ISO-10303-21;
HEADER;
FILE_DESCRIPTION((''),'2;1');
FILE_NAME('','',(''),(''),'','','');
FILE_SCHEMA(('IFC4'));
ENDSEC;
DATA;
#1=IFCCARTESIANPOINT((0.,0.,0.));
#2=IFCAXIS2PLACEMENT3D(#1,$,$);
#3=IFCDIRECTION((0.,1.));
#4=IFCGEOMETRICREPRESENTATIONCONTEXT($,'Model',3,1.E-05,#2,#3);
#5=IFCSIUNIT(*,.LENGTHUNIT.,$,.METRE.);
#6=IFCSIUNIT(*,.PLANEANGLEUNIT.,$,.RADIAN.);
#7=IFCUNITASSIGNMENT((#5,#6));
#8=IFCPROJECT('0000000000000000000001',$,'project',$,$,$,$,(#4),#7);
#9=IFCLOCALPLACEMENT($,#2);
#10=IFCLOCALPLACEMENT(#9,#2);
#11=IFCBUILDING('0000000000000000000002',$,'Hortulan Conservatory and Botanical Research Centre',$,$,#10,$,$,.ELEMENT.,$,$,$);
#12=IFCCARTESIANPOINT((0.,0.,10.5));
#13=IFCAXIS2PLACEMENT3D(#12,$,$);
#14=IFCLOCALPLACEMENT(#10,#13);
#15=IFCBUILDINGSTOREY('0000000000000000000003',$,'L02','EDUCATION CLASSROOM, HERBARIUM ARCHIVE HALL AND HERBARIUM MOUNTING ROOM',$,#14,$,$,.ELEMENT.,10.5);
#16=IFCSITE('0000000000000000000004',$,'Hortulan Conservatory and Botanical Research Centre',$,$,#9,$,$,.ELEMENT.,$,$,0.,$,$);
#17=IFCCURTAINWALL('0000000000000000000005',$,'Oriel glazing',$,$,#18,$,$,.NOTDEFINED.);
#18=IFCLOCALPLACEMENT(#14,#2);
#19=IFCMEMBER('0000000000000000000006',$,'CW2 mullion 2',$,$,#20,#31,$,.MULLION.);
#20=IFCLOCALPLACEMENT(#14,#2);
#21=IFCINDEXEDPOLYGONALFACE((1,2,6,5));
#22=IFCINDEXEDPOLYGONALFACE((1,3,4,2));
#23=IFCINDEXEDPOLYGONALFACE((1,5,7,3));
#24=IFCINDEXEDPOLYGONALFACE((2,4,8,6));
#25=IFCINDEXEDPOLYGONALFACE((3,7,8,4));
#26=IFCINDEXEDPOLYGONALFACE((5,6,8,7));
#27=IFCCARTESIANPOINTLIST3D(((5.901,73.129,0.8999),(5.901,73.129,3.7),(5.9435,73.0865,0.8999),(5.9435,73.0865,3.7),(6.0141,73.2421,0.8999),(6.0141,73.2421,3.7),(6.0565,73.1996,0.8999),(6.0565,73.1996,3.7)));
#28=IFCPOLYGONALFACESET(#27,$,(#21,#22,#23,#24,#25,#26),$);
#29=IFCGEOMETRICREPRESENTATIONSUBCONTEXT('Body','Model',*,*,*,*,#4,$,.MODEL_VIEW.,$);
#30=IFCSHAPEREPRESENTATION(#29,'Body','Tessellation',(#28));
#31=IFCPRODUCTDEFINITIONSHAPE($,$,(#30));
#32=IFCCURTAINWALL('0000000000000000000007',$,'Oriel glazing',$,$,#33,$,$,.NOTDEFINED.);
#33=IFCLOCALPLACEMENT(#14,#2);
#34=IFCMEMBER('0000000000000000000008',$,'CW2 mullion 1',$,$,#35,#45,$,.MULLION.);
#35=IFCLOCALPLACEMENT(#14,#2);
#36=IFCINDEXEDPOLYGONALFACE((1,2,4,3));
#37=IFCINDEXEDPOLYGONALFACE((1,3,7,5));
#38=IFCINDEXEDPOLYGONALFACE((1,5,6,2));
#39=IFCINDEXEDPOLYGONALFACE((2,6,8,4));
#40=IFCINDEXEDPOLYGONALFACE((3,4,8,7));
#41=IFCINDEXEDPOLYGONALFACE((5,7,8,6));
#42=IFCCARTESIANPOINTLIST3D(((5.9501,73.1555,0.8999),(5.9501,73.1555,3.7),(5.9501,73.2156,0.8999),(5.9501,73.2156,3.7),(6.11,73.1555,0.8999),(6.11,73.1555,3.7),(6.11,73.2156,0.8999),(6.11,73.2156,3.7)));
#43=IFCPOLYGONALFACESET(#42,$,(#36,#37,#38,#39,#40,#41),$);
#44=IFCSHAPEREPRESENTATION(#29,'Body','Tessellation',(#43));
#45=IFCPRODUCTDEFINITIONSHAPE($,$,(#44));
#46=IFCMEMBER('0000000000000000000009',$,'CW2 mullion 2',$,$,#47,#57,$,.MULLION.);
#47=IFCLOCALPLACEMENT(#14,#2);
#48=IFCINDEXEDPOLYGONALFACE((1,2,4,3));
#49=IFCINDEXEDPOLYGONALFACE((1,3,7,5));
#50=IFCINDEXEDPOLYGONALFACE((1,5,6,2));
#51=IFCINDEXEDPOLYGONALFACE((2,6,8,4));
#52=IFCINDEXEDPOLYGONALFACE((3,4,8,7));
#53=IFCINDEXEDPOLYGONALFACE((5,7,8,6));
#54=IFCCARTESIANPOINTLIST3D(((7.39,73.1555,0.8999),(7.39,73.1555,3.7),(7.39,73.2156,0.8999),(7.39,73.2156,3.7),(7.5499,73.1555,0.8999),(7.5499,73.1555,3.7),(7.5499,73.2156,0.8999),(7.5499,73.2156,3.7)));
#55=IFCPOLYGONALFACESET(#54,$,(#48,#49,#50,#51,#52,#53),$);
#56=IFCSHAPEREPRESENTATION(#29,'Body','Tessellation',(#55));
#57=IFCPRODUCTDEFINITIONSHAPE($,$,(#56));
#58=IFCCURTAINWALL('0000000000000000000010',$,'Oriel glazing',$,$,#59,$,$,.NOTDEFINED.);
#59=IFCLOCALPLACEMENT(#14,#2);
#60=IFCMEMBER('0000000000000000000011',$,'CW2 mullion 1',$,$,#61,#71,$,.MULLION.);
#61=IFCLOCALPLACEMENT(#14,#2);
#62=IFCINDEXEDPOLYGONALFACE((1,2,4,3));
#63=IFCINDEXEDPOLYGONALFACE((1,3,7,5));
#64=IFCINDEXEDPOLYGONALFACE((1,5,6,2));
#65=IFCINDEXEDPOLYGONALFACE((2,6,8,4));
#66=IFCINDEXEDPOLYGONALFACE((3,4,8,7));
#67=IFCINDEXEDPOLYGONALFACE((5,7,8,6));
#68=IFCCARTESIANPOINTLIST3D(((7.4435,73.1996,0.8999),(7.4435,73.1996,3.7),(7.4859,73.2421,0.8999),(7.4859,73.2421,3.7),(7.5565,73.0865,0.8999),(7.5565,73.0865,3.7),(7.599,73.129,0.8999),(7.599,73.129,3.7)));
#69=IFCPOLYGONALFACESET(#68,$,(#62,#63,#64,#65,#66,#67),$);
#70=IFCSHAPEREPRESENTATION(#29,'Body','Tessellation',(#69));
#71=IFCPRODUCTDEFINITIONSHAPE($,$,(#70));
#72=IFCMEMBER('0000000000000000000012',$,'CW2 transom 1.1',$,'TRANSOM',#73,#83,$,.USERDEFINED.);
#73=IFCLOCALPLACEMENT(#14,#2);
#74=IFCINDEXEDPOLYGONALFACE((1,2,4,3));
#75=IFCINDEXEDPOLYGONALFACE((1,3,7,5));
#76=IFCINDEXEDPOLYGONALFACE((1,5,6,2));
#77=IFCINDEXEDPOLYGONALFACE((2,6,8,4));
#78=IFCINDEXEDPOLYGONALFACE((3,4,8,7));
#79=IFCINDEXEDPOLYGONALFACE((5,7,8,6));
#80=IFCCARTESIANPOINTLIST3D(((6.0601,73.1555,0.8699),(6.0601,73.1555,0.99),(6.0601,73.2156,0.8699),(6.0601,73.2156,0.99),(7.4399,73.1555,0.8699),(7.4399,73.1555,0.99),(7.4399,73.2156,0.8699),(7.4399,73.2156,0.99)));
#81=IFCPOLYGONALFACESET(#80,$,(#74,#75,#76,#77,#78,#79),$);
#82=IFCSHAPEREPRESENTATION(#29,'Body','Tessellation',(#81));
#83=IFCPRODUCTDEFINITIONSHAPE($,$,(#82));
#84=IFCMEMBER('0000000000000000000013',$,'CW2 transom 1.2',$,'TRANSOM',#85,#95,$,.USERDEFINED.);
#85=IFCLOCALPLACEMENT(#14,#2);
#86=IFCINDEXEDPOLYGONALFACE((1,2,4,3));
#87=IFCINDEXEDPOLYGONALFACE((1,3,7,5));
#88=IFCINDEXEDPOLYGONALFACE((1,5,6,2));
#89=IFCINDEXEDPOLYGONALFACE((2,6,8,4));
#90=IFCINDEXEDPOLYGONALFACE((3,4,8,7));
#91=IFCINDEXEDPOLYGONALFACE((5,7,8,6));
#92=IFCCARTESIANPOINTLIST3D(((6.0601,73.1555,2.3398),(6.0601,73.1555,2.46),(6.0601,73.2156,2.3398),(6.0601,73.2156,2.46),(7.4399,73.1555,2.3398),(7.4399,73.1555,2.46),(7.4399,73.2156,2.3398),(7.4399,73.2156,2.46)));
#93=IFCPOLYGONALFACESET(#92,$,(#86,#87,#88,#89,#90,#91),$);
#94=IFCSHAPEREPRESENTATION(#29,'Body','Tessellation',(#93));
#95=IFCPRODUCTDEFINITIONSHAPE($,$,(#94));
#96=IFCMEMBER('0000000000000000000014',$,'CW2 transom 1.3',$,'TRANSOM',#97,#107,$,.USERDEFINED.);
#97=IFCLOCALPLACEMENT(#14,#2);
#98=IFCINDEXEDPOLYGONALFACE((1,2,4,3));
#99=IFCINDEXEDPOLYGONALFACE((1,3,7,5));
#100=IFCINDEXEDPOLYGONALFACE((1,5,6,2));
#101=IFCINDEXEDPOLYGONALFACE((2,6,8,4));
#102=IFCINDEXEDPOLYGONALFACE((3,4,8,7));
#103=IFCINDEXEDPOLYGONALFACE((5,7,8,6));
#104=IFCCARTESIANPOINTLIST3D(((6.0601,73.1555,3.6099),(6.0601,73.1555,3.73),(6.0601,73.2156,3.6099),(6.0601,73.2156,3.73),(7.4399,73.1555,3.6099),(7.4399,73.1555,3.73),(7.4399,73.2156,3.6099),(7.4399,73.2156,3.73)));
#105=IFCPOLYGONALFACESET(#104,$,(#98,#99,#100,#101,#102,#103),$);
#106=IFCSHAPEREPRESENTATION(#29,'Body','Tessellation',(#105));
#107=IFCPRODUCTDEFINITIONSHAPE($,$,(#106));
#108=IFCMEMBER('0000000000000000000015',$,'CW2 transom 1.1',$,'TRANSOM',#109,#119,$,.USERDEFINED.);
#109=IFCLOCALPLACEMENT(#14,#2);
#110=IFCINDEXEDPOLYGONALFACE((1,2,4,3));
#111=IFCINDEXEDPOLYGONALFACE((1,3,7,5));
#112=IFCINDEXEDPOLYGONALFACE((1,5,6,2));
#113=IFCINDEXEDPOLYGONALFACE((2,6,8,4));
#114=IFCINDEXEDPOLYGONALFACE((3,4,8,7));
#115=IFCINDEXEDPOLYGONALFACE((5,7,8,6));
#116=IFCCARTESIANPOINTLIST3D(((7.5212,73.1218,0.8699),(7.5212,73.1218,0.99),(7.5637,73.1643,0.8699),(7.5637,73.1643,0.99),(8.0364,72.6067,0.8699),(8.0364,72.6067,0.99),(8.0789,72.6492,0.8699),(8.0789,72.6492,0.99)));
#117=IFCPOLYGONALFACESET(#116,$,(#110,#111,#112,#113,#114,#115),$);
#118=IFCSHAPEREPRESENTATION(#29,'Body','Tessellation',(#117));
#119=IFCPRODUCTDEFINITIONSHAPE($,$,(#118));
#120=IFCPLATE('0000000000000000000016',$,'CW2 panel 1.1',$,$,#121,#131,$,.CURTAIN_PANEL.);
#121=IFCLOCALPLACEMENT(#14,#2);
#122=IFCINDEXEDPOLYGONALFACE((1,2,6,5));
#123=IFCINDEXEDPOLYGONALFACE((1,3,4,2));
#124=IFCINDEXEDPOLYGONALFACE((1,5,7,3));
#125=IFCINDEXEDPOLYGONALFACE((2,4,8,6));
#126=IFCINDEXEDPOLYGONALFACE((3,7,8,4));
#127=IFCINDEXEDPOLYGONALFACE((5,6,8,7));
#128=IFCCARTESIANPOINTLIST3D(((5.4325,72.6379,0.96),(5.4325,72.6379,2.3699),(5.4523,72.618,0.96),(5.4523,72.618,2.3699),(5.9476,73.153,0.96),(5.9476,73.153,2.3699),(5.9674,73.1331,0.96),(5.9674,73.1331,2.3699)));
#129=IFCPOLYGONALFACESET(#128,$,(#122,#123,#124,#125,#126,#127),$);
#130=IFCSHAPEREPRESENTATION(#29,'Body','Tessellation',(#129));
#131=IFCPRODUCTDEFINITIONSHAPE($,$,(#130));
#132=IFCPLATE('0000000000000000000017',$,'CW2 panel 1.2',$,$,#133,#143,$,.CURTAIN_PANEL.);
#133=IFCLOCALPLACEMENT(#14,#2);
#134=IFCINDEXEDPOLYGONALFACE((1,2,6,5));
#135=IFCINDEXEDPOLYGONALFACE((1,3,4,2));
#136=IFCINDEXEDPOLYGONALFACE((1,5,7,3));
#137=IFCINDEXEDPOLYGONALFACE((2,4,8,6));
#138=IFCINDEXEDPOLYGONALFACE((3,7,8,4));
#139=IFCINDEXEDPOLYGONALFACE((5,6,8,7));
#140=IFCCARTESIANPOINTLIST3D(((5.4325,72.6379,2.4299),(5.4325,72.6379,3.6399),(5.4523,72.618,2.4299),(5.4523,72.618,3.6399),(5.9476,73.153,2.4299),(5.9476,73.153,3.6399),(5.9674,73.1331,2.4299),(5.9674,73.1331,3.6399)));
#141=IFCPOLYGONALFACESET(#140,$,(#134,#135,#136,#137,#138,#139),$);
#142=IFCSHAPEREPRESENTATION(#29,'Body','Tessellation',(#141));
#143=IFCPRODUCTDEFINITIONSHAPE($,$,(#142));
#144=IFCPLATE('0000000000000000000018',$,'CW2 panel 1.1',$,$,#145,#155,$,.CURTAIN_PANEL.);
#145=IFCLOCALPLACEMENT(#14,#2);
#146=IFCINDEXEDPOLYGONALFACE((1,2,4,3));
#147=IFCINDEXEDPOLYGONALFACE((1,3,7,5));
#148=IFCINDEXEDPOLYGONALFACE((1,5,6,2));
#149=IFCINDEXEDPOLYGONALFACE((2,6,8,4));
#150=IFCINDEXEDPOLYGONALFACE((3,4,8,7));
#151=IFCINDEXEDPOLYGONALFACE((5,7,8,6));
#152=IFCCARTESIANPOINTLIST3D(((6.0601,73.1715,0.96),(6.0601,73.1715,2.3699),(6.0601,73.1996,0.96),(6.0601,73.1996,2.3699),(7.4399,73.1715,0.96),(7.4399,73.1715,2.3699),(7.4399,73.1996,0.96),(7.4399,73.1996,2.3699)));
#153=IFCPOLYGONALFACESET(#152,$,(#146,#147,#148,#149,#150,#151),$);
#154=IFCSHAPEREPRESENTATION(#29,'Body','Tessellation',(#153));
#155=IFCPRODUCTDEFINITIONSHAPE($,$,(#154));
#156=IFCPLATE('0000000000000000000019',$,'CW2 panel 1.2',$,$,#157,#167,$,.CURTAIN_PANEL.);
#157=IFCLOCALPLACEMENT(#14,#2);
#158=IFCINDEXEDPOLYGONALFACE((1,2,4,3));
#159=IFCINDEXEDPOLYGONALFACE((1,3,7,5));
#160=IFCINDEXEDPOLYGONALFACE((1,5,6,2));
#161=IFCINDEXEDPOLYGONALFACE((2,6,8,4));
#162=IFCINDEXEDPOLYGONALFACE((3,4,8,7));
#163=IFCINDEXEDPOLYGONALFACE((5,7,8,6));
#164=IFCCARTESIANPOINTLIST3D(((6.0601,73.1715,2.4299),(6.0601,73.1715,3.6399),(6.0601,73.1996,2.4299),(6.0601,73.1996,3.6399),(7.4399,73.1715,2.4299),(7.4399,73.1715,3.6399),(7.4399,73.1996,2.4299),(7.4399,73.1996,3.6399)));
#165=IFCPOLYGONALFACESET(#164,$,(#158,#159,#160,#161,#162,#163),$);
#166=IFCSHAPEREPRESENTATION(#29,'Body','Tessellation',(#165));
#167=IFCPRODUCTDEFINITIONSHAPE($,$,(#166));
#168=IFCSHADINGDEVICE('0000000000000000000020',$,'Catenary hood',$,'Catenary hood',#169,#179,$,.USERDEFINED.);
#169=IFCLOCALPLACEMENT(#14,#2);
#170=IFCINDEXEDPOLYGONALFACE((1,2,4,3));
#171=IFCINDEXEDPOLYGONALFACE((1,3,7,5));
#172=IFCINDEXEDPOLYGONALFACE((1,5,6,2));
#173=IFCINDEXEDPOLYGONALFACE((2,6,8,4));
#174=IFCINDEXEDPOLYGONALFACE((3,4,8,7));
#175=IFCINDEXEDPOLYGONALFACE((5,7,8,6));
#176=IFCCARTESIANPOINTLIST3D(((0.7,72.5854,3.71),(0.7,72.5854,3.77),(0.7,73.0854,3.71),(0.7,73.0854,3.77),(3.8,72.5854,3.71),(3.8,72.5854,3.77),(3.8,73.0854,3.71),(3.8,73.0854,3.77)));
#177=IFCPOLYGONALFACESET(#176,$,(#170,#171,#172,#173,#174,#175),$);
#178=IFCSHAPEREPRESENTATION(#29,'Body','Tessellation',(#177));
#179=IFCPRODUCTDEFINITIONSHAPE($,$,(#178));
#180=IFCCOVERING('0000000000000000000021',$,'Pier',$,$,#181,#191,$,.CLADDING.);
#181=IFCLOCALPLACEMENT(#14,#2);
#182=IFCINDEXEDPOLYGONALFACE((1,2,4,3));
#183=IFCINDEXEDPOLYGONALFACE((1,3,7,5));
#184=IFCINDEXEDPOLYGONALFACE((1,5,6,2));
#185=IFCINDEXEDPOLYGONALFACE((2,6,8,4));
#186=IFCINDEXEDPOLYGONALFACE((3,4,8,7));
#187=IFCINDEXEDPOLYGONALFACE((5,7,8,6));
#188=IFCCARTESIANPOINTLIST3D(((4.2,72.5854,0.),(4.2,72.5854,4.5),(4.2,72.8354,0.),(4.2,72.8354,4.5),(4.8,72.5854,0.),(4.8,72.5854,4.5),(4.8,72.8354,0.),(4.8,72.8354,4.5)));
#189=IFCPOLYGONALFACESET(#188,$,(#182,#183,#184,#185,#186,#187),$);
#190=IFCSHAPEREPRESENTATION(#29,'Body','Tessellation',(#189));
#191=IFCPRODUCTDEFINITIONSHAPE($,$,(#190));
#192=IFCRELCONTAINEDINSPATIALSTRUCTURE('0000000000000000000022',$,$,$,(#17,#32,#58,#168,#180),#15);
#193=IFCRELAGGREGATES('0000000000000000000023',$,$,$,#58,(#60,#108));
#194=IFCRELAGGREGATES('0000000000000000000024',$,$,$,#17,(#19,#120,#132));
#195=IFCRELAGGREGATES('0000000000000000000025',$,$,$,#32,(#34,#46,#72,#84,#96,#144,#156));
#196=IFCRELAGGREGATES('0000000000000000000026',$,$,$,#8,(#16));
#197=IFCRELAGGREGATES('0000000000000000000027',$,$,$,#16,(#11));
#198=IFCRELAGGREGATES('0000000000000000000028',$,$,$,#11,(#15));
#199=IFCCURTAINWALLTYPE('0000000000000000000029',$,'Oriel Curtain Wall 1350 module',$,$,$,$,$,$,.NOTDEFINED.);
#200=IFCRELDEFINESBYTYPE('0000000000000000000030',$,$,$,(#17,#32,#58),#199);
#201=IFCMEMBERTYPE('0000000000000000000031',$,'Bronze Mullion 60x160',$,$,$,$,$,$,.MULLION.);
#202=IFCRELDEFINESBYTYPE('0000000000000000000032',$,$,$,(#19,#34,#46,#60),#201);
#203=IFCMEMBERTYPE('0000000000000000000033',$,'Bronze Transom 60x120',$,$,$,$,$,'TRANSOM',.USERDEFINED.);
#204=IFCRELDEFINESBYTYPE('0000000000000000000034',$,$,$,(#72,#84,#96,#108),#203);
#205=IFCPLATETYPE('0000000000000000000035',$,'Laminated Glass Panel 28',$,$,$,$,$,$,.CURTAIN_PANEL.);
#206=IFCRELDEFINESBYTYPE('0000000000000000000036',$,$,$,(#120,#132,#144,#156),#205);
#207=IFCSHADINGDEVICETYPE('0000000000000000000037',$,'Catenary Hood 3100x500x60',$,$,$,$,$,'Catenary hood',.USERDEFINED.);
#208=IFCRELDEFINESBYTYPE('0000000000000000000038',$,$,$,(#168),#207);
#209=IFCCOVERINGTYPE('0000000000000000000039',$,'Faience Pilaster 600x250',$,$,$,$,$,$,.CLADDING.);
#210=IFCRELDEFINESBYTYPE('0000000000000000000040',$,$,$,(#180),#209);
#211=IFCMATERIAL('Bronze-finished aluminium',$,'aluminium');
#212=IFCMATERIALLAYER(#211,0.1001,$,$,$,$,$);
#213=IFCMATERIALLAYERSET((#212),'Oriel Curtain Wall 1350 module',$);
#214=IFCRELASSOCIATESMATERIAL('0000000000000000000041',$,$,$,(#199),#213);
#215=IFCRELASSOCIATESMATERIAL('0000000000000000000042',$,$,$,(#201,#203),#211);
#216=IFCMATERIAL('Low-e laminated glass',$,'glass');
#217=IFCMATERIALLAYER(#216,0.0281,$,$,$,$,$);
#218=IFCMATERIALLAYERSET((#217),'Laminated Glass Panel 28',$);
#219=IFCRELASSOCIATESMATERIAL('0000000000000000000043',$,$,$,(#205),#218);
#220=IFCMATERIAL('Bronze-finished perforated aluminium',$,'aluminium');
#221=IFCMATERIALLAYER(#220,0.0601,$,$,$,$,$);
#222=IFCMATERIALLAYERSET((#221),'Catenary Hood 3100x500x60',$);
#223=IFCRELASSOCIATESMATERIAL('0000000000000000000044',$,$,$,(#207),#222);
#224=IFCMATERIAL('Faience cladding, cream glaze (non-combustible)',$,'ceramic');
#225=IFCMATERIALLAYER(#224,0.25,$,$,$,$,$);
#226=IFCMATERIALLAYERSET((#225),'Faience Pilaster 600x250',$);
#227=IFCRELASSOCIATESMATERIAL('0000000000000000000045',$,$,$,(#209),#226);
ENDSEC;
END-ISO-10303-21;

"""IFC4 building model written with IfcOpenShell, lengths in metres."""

from ifc_helpers import new_model, si_unit, direction, frame, origin, origin_2d, place, context, subcontext, project, spatial, rectangle, extrude, material, layer, layer_set, material_profile, profile_set, type_object, element, aggregate, save


model = new_model("IFC4")

# Units and contexts
model_context = context("Model", 3, precision=1e-05, world=origin(), true_north=direction((0.0, 1.0)))
body_context = subcontext(model_context, "Body", "Model", "MODEL_VIEW")
ifc_project = project(units=[si_unit("LENGTHUNIT", "METRE"), si_unit("PLANEANGLEUNIT", "RADIAN")], contexts=[model_context])

# Site, building, storey
site_placement = place(None, origin())
site = spatial("IfcSite", under=ifc_project, at=site_placement, Name="Hortulan Conservatory and Botanical Research Centre", CompositionType="ELEMENT", RefElevation=0.0)
building_placement = place(site_placement, origin())
building = spatial("IfcBuilding", under=site, at=building_placement, Name="Hortulan Conservatory and Botanical Research Centre", CompositionType="ELEMENT")
storey_placement = place(building_placement, frame((0.0, 0.0, 10.5)))
storey = spatial("IfcBuildingStorey", under=building, at=storey_placement, Name="L02", Description="EDUCATION CLASSROOM, HERBARIUM ARCHIVE HALL AND HERBARIUM MOUNTING ROOM", CompositionType="ELEMENT", Elevation=10.5)

# Curtain wall, member
ifc_material_1 = material(Name="Bronze-finished aluminium", Category="aluminium")
ifc_layer_1 = layer(ifc_material_1, 0.1001)
ifc_layer_set_1 = layer_set([ifc_layer_1], Name="Oriel Curtain Wall 1350 module")
curtain_wall_type = type_object("IfcCurtainWallType", Name="Oriel Curtain Wall 1350 module", PredefinedType="NOTDEFINED", material=ifc_layer_set_1)
curtain_wall_1_placement = place(storey_placement, origin())
curtain_wall_1 = element("IfcCurtainWall", 1, at=curtain_wall_1_placement, inside=storey, type_object=curtain_wall_type, Name="Oriel glazing", PredefinedType="NOTDEFINED")
ifc_material_profile_1 = material_profile(ifc_material_1, rectangle(XDim=0.0601, YDim=0.1599, at=origin_2d()), Name="Bronze Mullion 60x160")
ifc_profile_set_1 = profile_set([ifc_material_profile_1], Name="Bronze-finished aluminium")
member_type_1 = type_object("IfcMemberType", Name="Bronze Mullion 60x160", PredefinedType="MULLION", material=ifc_profile_set_1)
member_1_placement = place(storey_placement, frame((5.9788, 73.1643, 0.8999), z_axis=(0.0, 0.0, 1.0), x_axis=(-0.707107, 0.707107, 0.0)))
member_1 = element("IfcMember", 2, at=member_1_placement, type_object=member_type_1, Name="CW2 mullion 2", PredefinedType="MULLION", context=body_context, shape_type="SweptSolid", body=[
    extrude(rectangle(XDim=0.0601, YDim=0.1599, at=origin_2d()), origin(), (0.0, 0.0, 1.0), 2.8),
])

# Curtain wall, members
curtain_wall_2_placement = place(storey_placement, origin())
curtain_wall_2 = element("IfcCurtainWall", 3, at=curtain_wall_2_placement, inside=storey, type_object=curtain_wall_type, Name="Oriel glazing", PredefinedType="NOTDEFINED")
member_2_placement = place(storey_placement, frame((6.03, 73.1855, 0.8999), z_axis=(0.0, 0.0, 1.0), x_axis=(0.0, 1.0, 0.0)))
member_2 = element("IfcMember", 4, at=member_2_placement, type_object=member_type_1, Name="CW2 mullion 1", PredefinedType="MULLION", context=body_context, shape_type="SweptSolid", body=[
    extrude(rectangle(XDim=0.0601, YDim=0.1599, at=origin_2d()), origin(), (0.0, 0.0, 1.0), 2.8),
])
member_3_placement = place(storey_placement, frame((7.47, 73.1855, 0.8999), z_axis=(0.0, 0.0, 1.0), x_axis=(0.0, 1.0, 0.0)))
member_3 = element("IfcMember", 5, at=member_3_placement, type_object=member_type_1, Name="CW2 mullion 2", PredefinedType="MULLION", context=body_context, shape_type="SweptSolid", body=[
    extrude(rectangle(XDim=0.0601, YDim=0.1599, at=origin_2d()), origin(), (0.0, 0.0, 1.0), 2.8),
])

# Curtain wall, member
curtain_wall_3_placement = place(storey_placement, origin())
curtain_wall_3 = element("IfcCurtainWall", 6, at=curtain_wall_3_placement, inside=storey, type_object=curtain_wall_type, Name="Oriel glazing", PredefinedType="NOTDEFINED")
member_4_placement = place(storey_placement, frame((7.5212, 73.1643, 0.8999), z_axis=(0.0, 0.0, 1.0), x_axis=(0.707107, 0.707107, 0.0)))
member_4 = element("IfcMember", 7, at=member_4_placement, type_object=member_type_1, Name="CW2 mullion 1", PredefinedType="MULLION", context=body_context, shape_type="SweptSolid", body=[
    extrude(rectangle(XDim=0.0601, YDim=0.1599, at=origin_2d()), origin(), (0.0, 0.0, 1.0), 2.8),
])

# Members
ifc_material_profile_2 = material_profile(ifc_material_1, rectangle(XDim=0.0601, YDim=0.1201, at=origin_2d()), Name="Bronze Transom 60x120")
ifc_profile_set_2 = profile_set([ifc_material_profile_2], Name="Bronze-finished aluminium")
member_type_2 = type_object("IfcMemberType", Name="Bronze Transom 60x120", ElementType="TRANSOM", PredefinedType="USERDEFINED", material=ifc_profile_set_2)
member_5_placement = place(storey_placement, frame((6.0601, 73.1855, 0.9299), z_axis=(1.0, 0.0, 0.0), x_axis=(0.0, 1.0, 0.0)))
member_5 = element("IfcMember", 8, at=member_5_placement, type_object=member_type_2, Name="CW2 transom 1.1", ObjectType="TRANSOM", PredefinedType="USERDEFINED", context=body_context, shape_type="SweptSolid", body=[
    extrude(rectangle(XDim=0.0601, YDim=0.1201, at=origin_2d()), origin(), (0.0, 0.0, 1.0), 1.3799),
])
member_6_placement = place(storey_placement, frame((6.0601, 73.1855, 2.3999), z_axis=(1.0, 0.0, 0.0), x_axis=(0.0, 1.0, 0.0)))
member_6 = element("IfcMember", 9, at=member_6_placement, type_object=member_type_2, Name="CW2 transom 1.2", ObjectType="TRANSOM", PredefinedType="USERDEFINED", context=body_context, shape_type="SweptSolid", body=[
    extrude(rectangle(XDim=0.0601, YDim=0.1201, at=origin_2d()), origin(), (0.0, 0.0, 1.0), 1.3799),
])
member_7_placement = place(storey_placement, frame((6.0601, 73.1855, 3.6699), z_axis=(1.0, 0.0, 0.0), x_axis=(0.0, 1.0, 0.0)))
member_7 = element("IfcMember", 10, at=member_7_placement, type_object=member_type_2, Name="CW2 transom 1.3", ObjectType="TRANSOM", PredefinedType="USERDEFINED", context=body_context, shape_type="SweptSolid", body=[
    extrude(rectangle(XDim=0.0601, YDim=0.1201, at=origin_2d()), origin(), (0.0, 0.0, 1.0), 1.3799),
])
member_8_placement = place(storey_placement, frame((7.5425, 73.1431, 0.9299), z_axis=(0.707107, -0.707107, 0.0), x_axis=(0.707107, 0.707107, 0.0)))
member_8 = element("IfcMember", 11, at=member_8_placement, type_object=member_type_2, Name="CW2 transom 1.1", ObjectType="TRANSOM", PredefinedType="USERDEFINED", context=body_context, shape_type="SweptSolid", body=[
    extrude(rectangle(XDim=0.0601, YDim=0.1201, at=origin_2d()), origin(), (0.0, 0.0, 1.0), 0.7285),
])
aggregate(curtain_wall_3, [member_4, member_8])

# Plates
ifc_material_2 = material(Name="Low-e laminated glass", Category="glass")
ifc_layer_2 = layer(ifc_material_2, 0.0281)
ifc_layer_set_2 = layer_set([ifc_layer_2], Name="Laminated Glass Panel 28")
plate_type = type_object("IfcPlateType", Name="Laminated Glass Panel 28", PredefinedType="CURTAIN_PANEL", material=ifc_layer_set_2)
plate_1_placement = place(storey_placement, frame((5.7, 72.8855, 0.96), z_axis=(0.0, 0.0, 1.0), x_axis=(0.707107, 0.707107, 0.0)))
plate_1 = element("IfcPlate", 12, at=plate_1_placement, type_object=plate_type, Name="CW2 panel 1.1", PredefinedType="CURTAIN_PANEL", context=body_context, shape_type="SweptSolid", body=[
    extrude(rectangle(XDim=0.7285, YDim=0.0281, at=origin_2d()), origin(), (0.0, 0.0, 1.0), 1.4099),
])
plate_2_placement = place(storey_placement, frame((5.7, 72.8855, 2.4299), z_axis=(0.0, 0.0, 1.0), x_axis=(0.707107, 0.707107, 0.0)))
plate_2 = element("IfcPlate", 13, at=plate_2_placement, type_object=plate_type, Name="CW2 panel 1.2", PredefinedType="CURTAIN_PANEL", context=body_context, shape_type="SweptSolid", body=[
    extrude(rectangle(XDim=0.7285, YDim=0.0281, at=origin_2d()), origin(), (0.0, 0.0, 1.0), 1.21),
])
aggregate(curtain_wall_1, [member_1, plate_1, plate_2])
plate_3_placement = place(storey_placement, frame((6.75, 73.1855, 0.96), z_axis=(0.0, 0.0, 1.0), x_axis=(1.0, 0.0, 0.0)))
plate_3 = element("IfcPlate", 14, at=plate_3_placement, type_object=plate_type, Name="CW2 panel 1.1", PredefinedType="CURTAIN_PANEL", context=body_context, shape_type="SweptSolid", body=[
    extrude(rectangle(XDim=1.3799, YDim=0.0281, at=origin_2d()), origin(), (0.0, 0.0, 1.0), 1.4099),
])
plate_4_placement = place(storey_placement, frame((6.75, 73.1855, 2.4299), z_axis=(0.0, 0.0, 1.0), x_axis=(1.0, 0.0, 0.0)))
plate_4 = element("IfcPlate", 15, at=plate_4_placement, type_object=plate_type, Name="CW2 panel 1.2", PredefinedType="CURTAIN_PANEL", context=body_context, shape_type="SweptSolid", body=[
    extrude(rectangle(XDim=1.3799, YDim=0.0281, at=origin_2d()), origin(), (0.0, 0.0, 1.0), 1.21),
])
aggregate(curtain_wall_2, [member_2, member_3, member_5, member_6, member_7, plate_3, plate_4])

# Shading device
ifc_material_3 = material(Name="Bronze-finished perforated aluminium", Category="aluminium")
ifc_layer_3 = layer(ifc_material_3, 0.0601)
ifc_layer_set_3 = layer_set([ifc_layer_3], Name="Catenary Hood 3100x500x60")
shading_device_type = type_object("IfcShadingDeviceType", Name="Catenary Hood 3100x500x60", ElementType="Catenary hood", PredefinedType="USERDEFINED", material=ifc_layer_set_3)
shading_device_placement = place(storey_placement, frame((2.25, 72.8354, 3.71), z_axis=(0.0, 0.0, 1.0), x_axis=(1.0, 0.0, 0.0)))
element("IfcShadingDevice", 16, at=shading_device_placement, inside=storey, type_object=shading_device_type, Name="Catenary hood", ObjectType="Catenary hood", PredefinedType="USERDEFINED", context=body_context, shape_type="SweptSolid", body=[
    extrude(rectangle(XDim=3.1001, YDim=0.5, at=origin_2d()), origin(), (0.0, 0.0, 1.0), 0.0601),
])

# Covering
ifc_material_4 = material(Name="Faience cladding, cream glaze (non-combustible)", Category="ceramic")
ifc_layer_4 = layer(ifc_material_4, 0.25)
ifc_layer_set_4 = layer_set([ifc_layer_4], Name="Faience Pilaster 600x250")
covering_type_1 = type_object("IfcCoveringType", Name="Faience Pilaster 600x250", PredefinedType="CLADDING", material=ifc_layer_set_4)
covering_1_placement = place(storey_placement, frame((4.5, 72.7104, 0.0), z_axis=(0.0, 0.0, 1.0), x_axis=(1.0, 0.0, 0.0)))
element("IfcCovering", 17, at=covering_1_placement, inside=storey, type_object=covering_type_1, Name="Pier", PredefinedType="CLADDING", context=body_context, shape_type="SweptSolid", body=[
    extrude(rectangle(XDim=0.6001, YDim=0.25, at=origin_2d()), origin(), (0.0, 0.0, 1.0), 4.5),
])

save(model, "model.ifc")
